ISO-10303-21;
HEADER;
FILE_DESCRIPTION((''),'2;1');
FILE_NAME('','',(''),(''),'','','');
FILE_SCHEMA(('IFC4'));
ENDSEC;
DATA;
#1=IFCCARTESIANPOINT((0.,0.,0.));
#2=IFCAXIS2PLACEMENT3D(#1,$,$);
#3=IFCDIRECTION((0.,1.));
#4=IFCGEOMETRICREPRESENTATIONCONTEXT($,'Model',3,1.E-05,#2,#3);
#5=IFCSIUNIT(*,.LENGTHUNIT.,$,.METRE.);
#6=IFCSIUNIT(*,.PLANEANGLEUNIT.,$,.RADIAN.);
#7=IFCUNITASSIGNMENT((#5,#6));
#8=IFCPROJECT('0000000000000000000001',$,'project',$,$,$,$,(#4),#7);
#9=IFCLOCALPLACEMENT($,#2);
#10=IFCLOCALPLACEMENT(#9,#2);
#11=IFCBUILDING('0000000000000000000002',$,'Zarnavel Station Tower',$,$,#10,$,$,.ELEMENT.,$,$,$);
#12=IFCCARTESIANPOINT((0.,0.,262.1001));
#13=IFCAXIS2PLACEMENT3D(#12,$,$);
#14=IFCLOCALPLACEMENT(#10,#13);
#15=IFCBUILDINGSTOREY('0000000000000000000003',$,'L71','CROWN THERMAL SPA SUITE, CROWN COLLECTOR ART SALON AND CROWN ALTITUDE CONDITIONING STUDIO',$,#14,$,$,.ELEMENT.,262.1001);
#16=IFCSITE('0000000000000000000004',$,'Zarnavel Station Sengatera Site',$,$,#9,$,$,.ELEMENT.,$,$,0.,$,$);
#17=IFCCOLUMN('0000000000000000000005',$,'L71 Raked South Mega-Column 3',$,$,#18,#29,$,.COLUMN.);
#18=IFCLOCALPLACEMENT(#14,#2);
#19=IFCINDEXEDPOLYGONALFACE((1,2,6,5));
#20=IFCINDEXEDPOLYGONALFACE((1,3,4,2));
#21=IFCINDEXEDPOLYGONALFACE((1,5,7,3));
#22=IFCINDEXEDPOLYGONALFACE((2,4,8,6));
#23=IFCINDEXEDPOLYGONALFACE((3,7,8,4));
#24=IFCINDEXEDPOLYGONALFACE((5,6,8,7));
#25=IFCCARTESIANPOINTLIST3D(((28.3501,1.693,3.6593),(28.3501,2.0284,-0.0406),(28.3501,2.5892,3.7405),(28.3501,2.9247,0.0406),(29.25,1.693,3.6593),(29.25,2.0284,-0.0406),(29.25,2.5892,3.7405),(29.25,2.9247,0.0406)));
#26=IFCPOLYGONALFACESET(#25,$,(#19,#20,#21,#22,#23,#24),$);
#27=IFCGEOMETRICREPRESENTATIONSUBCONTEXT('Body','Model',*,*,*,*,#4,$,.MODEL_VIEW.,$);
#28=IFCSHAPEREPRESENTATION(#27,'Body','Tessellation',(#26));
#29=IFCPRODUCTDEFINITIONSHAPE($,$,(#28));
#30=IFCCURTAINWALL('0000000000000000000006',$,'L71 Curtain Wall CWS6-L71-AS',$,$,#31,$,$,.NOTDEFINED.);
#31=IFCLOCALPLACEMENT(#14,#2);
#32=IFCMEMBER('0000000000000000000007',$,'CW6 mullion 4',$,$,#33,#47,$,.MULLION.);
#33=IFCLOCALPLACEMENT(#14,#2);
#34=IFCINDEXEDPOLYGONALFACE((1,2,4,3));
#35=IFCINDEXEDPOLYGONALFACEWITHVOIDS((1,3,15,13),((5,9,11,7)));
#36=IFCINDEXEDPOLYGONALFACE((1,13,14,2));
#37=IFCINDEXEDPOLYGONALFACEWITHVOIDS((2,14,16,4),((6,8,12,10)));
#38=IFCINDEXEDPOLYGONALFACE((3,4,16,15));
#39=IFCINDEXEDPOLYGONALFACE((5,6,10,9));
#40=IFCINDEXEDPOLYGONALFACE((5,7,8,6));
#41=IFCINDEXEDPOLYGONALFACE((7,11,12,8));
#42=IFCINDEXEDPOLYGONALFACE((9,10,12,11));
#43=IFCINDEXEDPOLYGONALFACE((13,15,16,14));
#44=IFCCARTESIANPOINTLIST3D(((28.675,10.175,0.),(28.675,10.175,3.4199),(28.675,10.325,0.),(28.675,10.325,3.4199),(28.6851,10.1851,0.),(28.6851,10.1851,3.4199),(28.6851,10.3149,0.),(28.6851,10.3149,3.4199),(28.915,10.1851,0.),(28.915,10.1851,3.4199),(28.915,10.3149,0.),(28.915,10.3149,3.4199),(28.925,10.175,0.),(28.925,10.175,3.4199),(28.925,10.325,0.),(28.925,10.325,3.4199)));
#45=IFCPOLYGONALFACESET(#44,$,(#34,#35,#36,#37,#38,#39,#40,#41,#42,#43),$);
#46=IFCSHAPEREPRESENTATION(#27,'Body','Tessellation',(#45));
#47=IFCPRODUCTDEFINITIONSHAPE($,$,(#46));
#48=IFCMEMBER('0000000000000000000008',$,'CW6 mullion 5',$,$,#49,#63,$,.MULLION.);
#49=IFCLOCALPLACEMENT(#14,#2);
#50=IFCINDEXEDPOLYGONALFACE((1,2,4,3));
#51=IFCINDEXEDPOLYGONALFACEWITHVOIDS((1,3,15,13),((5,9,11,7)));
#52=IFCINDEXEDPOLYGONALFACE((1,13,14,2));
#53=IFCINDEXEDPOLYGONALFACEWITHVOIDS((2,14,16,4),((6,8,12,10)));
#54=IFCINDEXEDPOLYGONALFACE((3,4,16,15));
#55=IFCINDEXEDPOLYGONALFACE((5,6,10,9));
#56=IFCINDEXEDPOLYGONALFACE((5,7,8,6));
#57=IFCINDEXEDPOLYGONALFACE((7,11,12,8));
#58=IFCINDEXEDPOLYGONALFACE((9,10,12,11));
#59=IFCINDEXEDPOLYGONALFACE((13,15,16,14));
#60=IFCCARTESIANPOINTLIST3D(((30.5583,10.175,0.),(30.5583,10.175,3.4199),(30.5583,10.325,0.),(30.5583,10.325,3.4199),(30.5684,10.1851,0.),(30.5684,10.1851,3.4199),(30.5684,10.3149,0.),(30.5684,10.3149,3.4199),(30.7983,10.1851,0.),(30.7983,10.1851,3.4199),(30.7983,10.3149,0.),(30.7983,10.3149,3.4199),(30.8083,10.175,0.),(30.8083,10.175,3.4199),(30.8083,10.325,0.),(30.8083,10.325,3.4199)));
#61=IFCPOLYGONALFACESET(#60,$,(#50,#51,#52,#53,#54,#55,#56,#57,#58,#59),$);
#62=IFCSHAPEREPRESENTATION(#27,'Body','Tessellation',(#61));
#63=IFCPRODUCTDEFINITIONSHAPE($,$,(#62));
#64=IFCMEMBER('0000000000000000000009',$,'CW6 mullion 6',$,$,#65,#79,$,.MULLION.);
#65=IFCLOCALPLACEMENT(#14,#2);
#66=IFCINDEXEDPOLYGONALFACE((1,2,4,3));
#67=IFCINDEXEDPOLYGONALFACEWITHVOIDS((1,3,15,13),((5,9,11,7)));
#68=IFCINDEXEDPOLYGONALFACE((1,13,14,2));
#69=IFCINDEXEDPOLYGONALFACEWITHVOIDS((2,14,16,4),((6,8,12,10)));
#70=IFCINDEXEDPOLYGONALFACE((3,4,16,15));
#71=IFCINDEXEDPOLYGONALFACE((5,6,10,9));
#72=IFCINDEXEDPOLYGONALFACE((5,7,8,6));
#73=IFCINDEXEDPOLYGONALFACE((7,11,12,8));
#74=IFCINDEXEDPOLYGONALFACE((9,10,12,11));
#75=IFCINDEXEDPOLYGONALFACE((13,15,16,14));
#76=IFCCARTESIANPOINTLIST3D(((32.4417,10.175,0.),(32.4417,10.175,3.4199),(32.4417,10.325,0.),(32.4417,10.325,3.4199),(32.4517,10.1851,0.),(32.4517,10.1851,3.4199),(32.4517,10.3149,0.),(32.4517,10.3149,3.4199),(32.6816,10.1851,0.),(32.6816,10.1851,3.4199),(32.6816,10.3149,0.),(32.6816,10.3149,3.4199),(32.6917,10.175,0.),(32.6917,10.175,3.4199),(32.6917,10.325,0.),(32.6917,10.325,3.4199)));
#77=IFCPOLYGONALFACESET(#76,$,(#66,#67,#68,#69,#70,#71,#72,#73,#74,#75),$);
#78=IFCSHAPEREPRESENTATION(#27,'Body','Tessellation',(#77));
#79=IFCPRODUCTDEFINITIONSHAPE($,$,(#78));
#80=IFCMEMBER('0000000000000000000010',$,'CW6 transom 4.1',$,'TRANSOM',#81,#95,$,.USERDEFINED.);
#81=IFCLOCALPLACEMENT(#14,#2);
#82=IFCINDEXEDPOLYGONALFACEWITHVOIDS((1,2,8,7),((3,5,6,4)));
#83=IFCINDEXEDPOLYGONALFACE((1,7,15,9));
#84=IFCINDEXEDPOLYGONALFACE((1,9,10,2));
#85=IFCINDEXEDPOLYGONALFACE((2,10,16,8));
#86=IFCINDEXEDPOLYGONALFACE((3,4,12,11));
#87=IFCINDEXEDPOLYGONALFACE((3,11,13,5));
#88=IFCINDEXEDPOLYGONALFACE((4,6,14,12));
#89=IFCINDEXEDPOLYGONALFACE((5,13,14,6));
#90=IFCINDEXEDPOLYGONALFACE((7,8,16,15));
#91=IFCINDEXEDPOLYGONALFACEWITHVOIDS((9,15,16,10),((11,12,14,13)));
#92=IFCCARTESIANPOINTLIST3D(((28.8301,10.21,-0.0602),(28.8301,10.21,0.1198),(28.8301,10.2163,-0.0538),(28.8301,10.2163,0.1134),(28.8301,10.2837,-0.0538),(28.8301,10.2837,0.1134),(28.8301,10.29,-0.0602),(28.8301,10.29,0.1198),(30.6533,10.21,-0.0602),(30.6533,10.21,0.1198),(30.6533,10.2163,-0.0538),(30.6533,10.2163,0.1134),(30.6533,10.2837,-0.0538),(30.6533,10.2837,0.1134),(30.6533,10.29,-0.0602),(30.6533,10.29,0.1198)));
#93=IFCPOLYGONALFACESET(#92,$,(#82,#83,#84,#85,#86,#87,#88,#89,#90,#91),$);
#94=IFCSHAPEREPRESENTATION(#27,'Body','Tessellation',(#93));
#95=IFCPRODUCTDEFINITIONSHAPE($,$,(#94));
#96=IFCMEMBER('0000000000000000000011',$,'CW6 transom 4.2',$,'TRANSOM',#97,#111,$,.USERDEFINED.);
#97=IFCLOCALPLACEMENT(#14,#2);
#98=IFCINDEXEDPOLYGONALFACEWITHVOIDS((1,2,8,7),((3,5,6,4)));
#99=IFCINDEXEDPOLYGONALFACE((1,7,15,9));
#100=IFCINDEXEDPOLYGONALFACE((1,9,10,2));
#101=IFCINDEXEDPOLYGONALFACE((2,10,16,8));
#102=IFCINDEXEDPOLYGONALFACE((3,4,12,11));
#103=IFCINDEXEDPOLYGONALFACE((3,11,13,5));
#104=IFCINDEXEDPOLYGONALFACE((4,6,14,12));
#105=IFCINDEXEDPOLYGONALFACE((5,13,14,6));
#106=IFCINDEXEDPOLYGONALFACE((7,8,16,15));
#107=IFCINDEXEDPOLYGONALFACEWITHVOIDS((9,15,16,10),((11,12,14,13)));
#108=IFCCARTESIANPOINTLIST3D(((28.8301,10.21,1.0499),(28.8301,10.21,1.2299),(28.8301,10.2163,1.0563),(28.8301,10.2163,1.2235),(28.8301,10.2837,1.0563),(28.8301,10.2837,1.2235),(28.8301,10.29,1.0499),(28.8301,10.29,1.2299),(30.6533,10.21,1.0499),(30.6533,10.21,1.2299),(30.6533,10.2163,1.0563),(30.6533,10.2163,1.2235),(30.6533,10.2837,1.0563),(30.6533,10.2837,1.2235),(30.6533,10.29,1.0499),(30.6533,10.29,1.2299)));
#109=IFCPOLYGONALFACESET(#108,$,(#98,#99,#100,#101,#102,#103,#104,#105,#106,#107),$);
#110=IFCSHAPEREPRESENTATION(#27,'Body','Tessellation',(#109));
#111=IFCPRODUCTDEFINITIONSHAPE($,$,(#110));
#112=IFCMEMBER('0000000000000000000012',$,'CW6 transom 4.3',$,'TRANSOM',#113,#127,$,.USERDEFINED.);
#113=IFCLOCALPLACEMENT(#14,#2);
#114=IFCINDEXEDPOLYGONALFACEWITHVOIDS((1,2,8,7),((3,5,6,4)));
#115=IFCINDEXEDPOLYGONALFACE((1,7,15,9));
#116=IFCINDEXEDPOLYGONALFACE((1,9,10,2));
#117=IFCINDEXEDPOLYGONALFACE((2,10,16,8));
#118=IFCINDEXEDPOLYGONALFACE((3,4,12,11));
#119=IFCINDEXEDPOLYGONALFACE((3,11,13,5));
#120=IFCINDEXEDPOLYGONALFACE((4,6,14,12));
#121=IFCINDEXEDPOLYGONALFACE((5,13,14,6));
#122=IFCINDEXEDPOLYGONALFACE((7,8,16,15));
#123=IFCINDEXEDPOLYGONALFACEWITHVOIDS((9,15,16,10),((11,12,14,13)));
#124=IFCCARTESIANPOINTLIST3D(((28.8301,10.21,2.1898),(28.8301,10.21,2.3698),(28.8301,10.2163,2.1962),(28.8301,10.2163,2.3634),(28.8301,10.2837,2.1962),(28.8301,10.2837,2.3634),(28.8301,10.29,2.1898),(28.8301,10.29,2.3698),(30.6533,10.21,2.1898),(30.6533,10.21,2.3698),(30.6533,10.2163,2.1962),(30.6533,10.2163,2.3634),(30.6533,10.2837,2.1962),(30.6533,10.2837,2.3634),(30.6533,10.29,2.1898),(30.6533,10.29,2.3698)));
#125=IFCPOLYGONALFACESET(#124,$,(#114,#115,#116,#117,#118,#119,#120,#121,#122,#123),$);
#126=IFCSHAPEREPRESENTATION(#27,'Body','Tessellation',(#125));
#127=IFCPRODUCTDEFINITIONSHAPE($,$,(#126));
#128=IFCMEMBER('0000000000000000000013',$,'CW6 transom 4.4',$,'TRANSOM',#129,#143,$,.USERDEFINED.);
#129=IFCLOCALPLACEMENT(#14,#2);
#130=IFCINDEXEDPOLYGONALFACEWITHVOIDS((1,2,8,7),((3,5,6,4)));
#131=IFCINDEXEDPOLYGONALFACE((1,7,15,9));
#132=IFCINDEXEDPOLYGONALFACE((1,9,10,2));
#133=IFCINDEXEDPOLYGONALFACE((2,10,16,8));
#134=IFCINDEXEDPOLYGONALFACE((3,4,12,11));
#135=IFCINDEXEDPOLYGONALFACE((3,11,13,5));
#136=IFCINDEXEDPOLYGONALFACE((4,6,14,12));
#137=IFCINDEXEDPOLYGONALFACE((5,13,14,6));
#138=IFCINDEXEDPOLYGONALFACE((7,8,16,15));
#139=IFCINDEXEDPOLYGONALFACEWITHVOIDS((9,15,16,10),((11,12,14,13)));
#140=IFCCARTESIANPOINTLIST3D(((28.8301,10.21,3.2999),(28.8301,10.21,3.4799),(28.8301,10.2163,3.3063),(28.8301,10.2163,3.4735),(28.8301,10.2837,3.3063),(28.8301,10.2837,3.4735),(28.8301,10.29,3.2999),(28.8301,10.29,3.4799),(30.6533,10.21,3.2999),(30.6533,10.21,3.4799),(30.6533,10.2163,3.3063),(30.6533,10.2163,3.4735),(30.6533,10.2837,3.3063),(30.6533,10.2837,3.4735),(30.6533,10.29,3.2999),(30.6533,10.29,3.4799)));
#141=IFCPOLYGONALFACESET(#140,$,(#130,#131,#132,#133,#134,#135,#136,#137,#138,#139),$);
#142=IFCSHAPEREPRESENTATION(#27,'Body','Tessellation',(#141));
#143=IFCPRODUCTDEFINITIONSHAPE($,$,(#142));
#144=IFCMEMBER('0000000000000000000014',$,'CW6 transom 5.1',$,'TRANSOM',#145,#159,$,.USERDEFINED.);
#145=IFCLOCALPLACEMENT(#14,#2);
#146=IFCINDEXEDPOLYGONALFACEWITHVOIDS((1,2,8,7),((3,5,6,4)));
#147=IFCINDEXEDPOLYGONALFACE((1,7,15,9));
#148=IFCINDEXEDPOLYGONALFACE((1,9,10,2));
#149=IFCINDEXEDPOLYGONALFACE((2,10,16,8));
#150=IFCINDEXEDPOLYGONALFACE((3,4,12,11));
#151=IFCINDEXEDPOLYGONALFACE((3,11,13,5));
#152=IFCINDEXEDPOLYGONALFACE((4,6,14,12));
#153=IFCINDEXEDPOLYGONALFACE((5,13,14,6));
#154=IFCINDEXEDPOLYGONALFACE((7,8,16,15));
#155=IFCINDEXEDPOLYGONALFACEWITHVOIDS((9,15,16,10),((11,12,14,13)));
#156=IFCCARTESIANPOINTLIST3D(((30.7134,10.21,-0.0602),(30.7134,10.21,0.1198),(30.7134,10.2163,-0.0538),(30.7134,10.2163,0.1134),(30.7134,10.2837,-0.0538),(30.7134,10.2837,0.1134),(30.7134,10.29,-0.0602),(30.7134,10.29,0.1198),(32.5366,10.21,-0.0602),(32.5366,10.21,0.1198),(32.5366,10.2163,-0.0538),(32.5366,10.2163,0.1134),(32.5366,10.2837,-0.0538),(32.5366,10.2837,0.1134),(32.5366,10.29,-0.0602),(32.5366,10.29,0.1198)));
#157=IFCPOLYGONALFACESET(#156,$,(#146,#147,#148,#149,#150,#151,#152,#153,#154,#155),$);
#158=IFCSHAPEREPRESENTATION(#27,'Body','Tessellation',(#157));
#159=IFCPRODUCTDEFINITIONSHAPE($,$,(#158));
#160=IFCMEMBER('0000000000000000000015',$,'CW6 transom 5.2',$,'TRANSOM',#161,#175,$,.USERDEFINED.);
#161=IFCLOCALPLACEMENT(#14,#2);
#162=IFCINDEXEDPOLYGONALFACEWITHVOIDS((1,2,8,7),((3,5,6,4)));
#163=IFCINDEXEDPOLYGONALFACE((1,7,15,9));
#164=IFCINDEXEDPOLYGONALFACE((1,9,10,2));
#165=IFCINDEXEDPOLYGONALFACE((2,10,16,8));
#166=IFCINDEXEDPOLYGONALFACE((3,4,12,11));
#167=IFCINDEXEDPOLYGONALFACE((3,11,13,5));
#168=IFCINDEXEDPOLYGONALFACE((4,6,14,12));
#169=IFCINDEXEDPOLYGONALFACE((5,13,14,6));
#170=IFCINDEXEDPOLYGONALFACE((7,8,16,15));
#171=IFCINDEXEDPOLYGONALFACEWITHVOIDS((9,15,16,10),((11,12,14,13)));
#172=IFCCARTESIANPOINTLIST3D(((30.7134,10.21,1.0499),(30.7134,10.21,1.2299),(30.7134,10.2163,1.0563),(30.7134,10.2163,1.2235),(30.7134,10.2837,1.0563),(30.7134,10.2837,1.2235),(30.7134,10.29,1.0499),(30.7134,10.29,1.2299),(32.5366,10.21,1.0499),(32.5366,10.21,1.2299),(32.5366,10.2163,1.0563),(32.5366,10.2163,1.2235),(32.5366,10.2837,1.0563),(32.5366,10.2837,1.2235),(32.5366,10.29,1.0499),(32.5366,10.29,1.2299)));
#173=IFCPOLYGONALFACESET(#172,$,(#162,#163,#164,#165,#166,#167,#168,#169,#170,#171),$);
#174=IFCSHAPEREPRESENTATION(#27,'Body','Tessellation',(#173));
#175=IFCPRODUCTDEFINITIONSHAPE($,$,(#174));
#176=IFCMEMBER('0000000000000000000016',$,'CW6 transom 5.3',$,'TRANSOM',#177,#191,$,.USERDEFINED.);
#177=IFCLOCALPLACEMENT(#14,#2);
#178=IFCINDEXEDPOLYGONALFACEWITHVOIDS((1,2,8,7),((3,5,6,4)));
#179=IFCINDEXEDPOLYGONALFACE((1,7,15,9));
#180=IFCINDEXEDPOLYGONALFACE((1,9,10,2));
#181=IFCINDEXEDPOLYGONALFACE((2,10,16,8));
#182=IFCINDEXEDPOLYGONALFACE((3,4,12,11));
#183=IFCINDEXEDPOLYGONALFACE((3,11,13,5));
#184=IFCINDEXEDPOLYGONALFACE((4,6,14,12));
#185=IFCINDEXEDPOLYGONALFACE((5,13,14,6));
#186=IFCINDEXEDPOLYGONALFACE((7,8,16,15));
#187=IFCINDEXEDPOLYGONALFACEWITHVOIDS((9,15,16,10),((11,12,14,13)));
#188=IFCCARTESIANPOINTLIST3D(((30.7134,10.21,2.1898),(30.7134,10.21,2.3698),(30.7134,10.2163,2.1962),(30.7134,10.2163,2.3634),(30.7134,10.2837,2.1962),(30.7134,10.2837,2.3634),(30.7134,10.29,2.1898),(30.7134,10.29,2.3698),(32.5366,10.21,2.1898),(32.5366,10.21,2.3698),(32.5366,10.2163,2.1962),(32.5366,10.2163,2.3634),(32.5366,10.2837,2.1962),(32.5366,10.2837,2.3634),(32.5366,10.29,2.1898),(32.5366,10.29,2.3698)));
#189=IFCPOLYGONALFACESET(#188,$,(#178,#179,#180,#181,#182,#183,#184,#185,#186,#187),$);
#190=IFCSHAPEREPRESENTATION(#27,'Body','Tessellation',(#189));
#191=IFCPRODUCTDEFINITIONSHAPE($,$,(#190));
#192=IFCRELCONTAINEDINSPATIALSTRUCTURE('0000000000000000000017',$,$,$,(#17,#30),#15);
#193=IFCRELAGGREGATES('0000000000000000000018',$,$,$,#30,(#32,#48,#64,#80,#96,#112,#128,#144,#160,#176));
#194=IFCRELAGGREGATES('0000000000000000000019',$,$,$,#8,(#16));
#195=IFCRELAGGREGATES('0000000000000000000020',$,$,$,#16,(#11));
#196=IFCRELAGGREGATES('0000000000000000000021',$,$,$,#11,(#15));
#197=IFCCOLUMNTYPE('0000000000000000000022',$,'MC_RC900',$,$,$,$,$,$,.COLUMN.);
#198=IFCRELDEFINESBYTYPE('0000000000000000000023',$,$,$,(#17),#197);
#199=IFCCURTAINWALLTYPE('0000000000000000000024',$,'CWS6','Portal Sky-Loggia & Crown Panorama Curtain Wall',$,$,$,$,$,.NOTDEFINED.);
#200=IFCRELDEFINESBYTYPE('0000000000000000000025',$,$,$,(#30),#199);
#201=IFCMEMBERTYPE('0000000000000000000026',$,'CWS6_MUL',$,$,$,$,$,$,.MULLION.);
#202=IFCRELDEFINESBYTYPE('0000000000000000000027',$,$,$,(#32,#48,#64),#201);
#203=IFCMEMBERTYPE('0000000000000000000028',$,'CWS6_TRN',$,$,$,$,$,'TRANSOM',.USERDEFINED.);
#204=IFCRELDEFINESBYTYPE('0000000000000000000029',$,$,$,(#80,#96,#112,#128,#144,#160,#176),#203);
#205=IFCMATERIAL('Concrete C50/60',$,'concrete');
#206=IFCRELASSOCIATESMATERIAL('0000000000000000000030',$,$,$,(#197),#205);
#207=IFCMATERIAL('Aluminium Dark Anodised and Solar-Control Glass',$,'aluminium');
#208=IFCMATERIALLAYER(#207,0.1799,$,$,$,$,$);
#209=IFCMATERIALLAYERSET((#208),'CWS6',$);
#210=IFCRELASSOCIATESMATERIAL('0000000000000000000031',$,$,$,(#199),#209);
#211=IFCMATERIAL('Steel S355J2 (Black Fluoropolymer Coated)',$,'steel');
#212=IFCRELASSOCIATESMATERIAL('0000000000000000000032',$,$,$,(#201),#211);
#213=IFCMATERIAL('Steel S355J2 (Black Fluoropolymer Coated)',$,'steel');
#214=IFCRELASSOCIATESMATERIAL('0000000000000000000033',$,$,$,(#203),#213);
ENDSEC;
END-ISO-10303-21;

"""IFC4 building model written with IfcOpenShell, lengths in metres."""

from ifc_helpers import new_model, si_unit, direction, frame, origin, origin_2d, place, context, subcontext, project, spatial, rectangle, hollow_rectangle, extrude, material, layer, layer_set, material_profile, profile_set, type_object, element, aggregate, save


model = new_model("IFC4")

# Units and contexts
model_context = context("Model", 3, precision=1e-05, world=origin(), true_north=direction((0.0, 1.0)))
body_context = subcontext(model_context, "Body", "Model", "MODEL_VIEW")
ifc_project = project(units=[si_unit("LENGTHUNIT", "METRE"), si_unit("PLANEANGLEUNIT", "RADIAN")], contexts=[model_context])

# Site, building, storey
site_placement = place(None, origin())
site = spatial("IfcSite", under=ifc_project, at=site_placement, Name="Zarnavel Station Sengatera Site", CompositionType="ELEMENT", RefElevation=0.0)
building_placement = place(site_placement, origin())
building = spatial("IfcBuilding", under=site, at=building_placement, Name="Zarnavel Station Tower", CompositionType="ELEMENT")
storey_placement = place(building_placement, frame((0.0, 0.0, 262.1001)))
storey = spatial("IfcBuildingStorey", under=building, at=storey_placement, Name="L71", Description="CROWN THERMAL SPA SUITE, CROWN COLLECTOR ART SALON AND CROWN ALTITUDE CONDITIONING STUDIO", CompositionType="ELEMENT", Elevation=262.1001)

# Column
ifc_material_1 = material(Name="Concrete C50/60", Category="concrete")
ifc_material_profile_1 = material_profile(ifc_material_1, rectangle(XDim=0.8999, YDim=0.8999, at=origin_2d()), Name="RC900x900")
ifc_profile_set_1 = profile_set([ifc_material_profile_1], Name="Concrete C50/60")
column_type = type_object("IfcColumnType", Name="MC_RC900", PredefinedType="COLUMN", material=ifc_profile_set_1)
column_placement = place(storey_placement, frame((28.8, 2.4766, 0.0), z_axis=(0.0, -0.090293, 0.995915), x_axis=(1.0, 0.0, 0.0)))
element("IfcColumn", 1, at=column_placement, inside=storey, type_object=column_type, Name="L71 Raked South Mega-Column 3", PredefinedType="COLUMN", context=body_context, shape_type="SweptSolid", body=[
    extrude(rectangle(XDim=0.8999, YDim=0.8999, at=origin_2d()), origin(), (0.0, 0.0, 1.0), 3.7151),
])

# Curtain wall, members
ifc_material_2 = material(Name="Aluminium Dark Anodised and Solar-Control Glass", Category="aluminium")
ifc_layer_1 = layer(ifc_material_2, 0.1799)
ifc_layer_set_1 = layer_set([ifc_layer_1], Name="CWS6")
curtain_wall_type = type_object("IfcCurtainWallType", Name="CWS6", Description="Portal Sky-Loggia & Crown Panorama Curtain Wall", PredefinedType="NOTDEFINED", material=ifc_layer_set_1)
curtain_wall_placement = place(storey_placement, origin())
curtain_wall = element("IfcCurtainWall", 2, at=curtain_wall_placement, inside=storey, type_object=curtain_wall_type, Name="L71 Curtain Wall CWS6-L71-AS", PredefinedType="NOTDEFINED")
ifc_material_3 = material(Name="Steel S355J2 (Black Fluoropolymer Coated)", Category="steel")
ifc_material_profile_2 = material_profile(ifc_material_3, hollow_rectangle(XDim=0.1499, YDim=0.25, WallThickness=0.01, at=origin_2d()), Name="RHS250x150x10")
ifc_profile_set_2 = profile_set([ifc_material_profile_2], Name="Steel S355J2 (Black Fluoropolymer Coated)")
member_type_1 = type_object("IfcMemberType", Name="CWS6_MUL", PredefinedType="MULLION", material=ifc_profile_set_2)
member_1_placement = place(storey_placement, frame((28.8, 10.25, 0.0), z_axis=(0.0, 0.0, 1.0), x_axis=(0.0, 1.0, 0.0)))
member_1 = element("IfcMember", 3, at=member_1_placement, type_object=member_type_1, Name="CW6 mullion 4", PredefinedType="MULLION", context=body_context, shape_type="SweptSolid", body=[
    extrude(hollow_rectangle(XDim=0.1499, YDim=0.25, WallThickness=0.01, at=origin_2d()), origin(), (0.0, 0.0, 1.0), 3.4199),
])
member_2_placement = place(storey_placement, frame((30.6833, 10.25, 0.0), z_axis=(0.0, 0.0, 1.0), x_axis=(0.0, 1.0, 0.0)))
member_2 = element("IfcMember", 4, at=member_2_placement, type_object=member_type_1, Name="CW6 mullion 5", PredefinedType="MULLION", context=body_context, shape_type="SweptSolid", body=[
    extrude(hollow_rectangle(XDim=0.1499, YDim=0.25, WallThickness=0.01, at=origin_2d()), origin(), (0.0, 0.0, 1.0), 3.4199),
])
member_3_placement = place(storey_placement, frame((32.5667, 10.25, 0.0), z_axis=(0.0, 0.0, 1.0), x_axis=(0.0, 1.0, 0.0)))
member_3 = element("IfcMember", 5, at=member_3_placement, type_object=member_type_1, Name="CW6 mullion 6", PredefinedType="MULLION", context=body_context, shape_type="SweptSolid", body=[
    extrude(hollow_rectangle(XDim=0.1499, YDim=0.25, WallThickness=0.01, at=origin_2d()), origin(), (0.0, 0.0, 1.0), 3.4199),
])
ifc_material_4 = material(Name="Steel S355J2 (Black Fluoropolymer Coated)", Category="steel")
ifc_material_profile_3 = material_profile(ifc_material_4, hollow_rectangle(XDim=0.0801, YDim=0.1799, WallThickness=0.0063, at=origin_2d()), Name="RHS180x80x6.3")
ifc_profile_set_3 = profile_set([ifc_material_profile_3], Name="Steel S355J2 (Black Fluoropolymer Coated)")
member_type_2 = type_object("IfcMemberType", Name="CWS6_TRN", ElementType="TRANSOM", PredefinedType="USERDEFINED", material=ifc_profile_set_3)
member_4_placement = place(storey_placement, frame((28.8301, 10.25, 0.0298), z_axis=(1.0, 0.0, 0.0), x_axis=(0.0, 1.0, 0.0)))
member_4 = element("IfcMember", 6, at=member_4_placement, type_object=member_type_2, Name="CW6 transom 4.1", ObjectType="TRANSOM", PredefinedType="USERDEFINED", context=body_context, shape_type="SweptSolid", body=[
    extrude(hollow_rectangle(XDim=0.0801, YDim=0.1799, WallThickness=0.0063, at=origin_2d()), origin(), (0.0, 0.0, 1.0), 1.8232),
])
member_5_placement = place(storey_placement, frame((28.8301, 10.25, 1.1399), z_axis=(1.0, 0.0, 0.0), x_axis=(0.0, 1.0, 0.0)))
member_5 = element("IfcMember", 7, at=member_5_placement, type_object=member_type_2, Name="CW6 transom 4.2", ObjectType="TRANSOM", PredefinedType="USERDEFINED", context=body_context, shape_type="SweptSolid", body=[
    extrude(hollow_rectangle(XDim=0.0801, YDim=0.1799, WallThickness=0.0063, at=origin_2d()), origin(), (0.0, 0.0, 1.0), 1.8232),
])
member_6_placement = place(storey_placement, frame((28.8301, 10.25, 2.2798), z_axis=(1.0, 0.0, 0.0), x_axis=(0.0, 1.0, 0.0)))
member_6 = element("IfcMember", 8, at=member_6_placement, type_object=member_type_2, Name="CW6 transom 4.3", ObjectType="TRANSOM", PredefinedType="USERDEFINED", context=body_context, shape_type="SweptSolid", body=[
    extrude(hollow_rectangle(XDim=0.0801, YDim=0.1799, WallThickness=0.0063, at=origin_2d()), origin(), (0.0, 0.0, 1.0), 1.8232),
])
member_7_placement = place(storey_placement, frame((28.8301, 10.25, 3.3899), z_axis=(1.0, 0.0, 0.0), x_axis=(0.0, 1.0, 0.0)))
member_7 = element("IfcMember", 9, at=member_7_placement, type_object=member_type_2, Name="CW6 transom 4.4", ObjectType="TRANSOM", PredefinedType="USERDEFINED", context=body_context, shape_type="SweptSolid", body=[
    extrude(hollow_rectangle(XDim=0.0801, YDim=0.1799, WallThickness=0.0063, at=origin_2d()), origin(), (0.0, 0.0, 1.0), 1.8232),
])
member_8_placement = place(storey_placement, frame((30.7134, 10.25, 0.0298), z_axis=(1.0, 0.0, 0.0), x_axis=(0.0, 1.0, 0.0)))
member_8 = element("IfcMember", 10, at=member_8_placement, type_object=member_type_2, Name="CW6 transom 5.1", ObjectType="TRANSOM", PredefinedType="USERDEFINED", context=body_context, shape_type="SweptSolid", body=[
    extrude(hollow_rectangle(XDim=0.0801, YDim=0.1799, WallThickness=0.0063, at=origin_2d()), origin(), (0.0, 0.0, 1.0), 1.8232),
])
member_9_placement = place(storey_placement, frame((30.7134, 10.25, 1.1399), z_axis=(1.0, 0.0, 0.0), x_axis=(0.0, 1.0, 0.0)))
member_9 = element("IfcMember", 11, at=member_9_placement, type_object=member_type_2, Name="CW6 transom 5.2", ObjectType="TRANSOM", PredefinedType="USERDEFINED", context=body_context, shape_type="SweptSolid", body=[
    extrude(hollow_rectangle(XDim=0.0801, YDim=0.1799, WallThickness=0.0063, at=origin_2d()), origin(), (0.0, 0.0, 1.0), 1.8232),
])
member_10_placement = place(storey_placement, frame((30.7134, 10.25, 2.2798), z_axis=(1.0, 0.0, 0.0), x_axis=(0.0, 1.0, 0.0)))
member_10 = element("IfcMember", 12, at=member_10_placement, type_object=member_type_2, Name="CW6 transom 5.3", ObjectType="TRANSOM", PredefinedType="USERDEFINED", context=body_context, shape_type="SweptSolid", body=[
    extrude(hollow_rectangle(XDim=0.0801, YDim=0.1799, WallThickness=0.0063, at=origin_2d()), origin(), (0.0, 0.0, 1.0), 1.8232),
])

aggregate(curtain_wall, [member_1, member_2, member_3, member_4, member_5, member_6, member_7, member_8, member_9, member_10])

save(model, "model.ifc")
